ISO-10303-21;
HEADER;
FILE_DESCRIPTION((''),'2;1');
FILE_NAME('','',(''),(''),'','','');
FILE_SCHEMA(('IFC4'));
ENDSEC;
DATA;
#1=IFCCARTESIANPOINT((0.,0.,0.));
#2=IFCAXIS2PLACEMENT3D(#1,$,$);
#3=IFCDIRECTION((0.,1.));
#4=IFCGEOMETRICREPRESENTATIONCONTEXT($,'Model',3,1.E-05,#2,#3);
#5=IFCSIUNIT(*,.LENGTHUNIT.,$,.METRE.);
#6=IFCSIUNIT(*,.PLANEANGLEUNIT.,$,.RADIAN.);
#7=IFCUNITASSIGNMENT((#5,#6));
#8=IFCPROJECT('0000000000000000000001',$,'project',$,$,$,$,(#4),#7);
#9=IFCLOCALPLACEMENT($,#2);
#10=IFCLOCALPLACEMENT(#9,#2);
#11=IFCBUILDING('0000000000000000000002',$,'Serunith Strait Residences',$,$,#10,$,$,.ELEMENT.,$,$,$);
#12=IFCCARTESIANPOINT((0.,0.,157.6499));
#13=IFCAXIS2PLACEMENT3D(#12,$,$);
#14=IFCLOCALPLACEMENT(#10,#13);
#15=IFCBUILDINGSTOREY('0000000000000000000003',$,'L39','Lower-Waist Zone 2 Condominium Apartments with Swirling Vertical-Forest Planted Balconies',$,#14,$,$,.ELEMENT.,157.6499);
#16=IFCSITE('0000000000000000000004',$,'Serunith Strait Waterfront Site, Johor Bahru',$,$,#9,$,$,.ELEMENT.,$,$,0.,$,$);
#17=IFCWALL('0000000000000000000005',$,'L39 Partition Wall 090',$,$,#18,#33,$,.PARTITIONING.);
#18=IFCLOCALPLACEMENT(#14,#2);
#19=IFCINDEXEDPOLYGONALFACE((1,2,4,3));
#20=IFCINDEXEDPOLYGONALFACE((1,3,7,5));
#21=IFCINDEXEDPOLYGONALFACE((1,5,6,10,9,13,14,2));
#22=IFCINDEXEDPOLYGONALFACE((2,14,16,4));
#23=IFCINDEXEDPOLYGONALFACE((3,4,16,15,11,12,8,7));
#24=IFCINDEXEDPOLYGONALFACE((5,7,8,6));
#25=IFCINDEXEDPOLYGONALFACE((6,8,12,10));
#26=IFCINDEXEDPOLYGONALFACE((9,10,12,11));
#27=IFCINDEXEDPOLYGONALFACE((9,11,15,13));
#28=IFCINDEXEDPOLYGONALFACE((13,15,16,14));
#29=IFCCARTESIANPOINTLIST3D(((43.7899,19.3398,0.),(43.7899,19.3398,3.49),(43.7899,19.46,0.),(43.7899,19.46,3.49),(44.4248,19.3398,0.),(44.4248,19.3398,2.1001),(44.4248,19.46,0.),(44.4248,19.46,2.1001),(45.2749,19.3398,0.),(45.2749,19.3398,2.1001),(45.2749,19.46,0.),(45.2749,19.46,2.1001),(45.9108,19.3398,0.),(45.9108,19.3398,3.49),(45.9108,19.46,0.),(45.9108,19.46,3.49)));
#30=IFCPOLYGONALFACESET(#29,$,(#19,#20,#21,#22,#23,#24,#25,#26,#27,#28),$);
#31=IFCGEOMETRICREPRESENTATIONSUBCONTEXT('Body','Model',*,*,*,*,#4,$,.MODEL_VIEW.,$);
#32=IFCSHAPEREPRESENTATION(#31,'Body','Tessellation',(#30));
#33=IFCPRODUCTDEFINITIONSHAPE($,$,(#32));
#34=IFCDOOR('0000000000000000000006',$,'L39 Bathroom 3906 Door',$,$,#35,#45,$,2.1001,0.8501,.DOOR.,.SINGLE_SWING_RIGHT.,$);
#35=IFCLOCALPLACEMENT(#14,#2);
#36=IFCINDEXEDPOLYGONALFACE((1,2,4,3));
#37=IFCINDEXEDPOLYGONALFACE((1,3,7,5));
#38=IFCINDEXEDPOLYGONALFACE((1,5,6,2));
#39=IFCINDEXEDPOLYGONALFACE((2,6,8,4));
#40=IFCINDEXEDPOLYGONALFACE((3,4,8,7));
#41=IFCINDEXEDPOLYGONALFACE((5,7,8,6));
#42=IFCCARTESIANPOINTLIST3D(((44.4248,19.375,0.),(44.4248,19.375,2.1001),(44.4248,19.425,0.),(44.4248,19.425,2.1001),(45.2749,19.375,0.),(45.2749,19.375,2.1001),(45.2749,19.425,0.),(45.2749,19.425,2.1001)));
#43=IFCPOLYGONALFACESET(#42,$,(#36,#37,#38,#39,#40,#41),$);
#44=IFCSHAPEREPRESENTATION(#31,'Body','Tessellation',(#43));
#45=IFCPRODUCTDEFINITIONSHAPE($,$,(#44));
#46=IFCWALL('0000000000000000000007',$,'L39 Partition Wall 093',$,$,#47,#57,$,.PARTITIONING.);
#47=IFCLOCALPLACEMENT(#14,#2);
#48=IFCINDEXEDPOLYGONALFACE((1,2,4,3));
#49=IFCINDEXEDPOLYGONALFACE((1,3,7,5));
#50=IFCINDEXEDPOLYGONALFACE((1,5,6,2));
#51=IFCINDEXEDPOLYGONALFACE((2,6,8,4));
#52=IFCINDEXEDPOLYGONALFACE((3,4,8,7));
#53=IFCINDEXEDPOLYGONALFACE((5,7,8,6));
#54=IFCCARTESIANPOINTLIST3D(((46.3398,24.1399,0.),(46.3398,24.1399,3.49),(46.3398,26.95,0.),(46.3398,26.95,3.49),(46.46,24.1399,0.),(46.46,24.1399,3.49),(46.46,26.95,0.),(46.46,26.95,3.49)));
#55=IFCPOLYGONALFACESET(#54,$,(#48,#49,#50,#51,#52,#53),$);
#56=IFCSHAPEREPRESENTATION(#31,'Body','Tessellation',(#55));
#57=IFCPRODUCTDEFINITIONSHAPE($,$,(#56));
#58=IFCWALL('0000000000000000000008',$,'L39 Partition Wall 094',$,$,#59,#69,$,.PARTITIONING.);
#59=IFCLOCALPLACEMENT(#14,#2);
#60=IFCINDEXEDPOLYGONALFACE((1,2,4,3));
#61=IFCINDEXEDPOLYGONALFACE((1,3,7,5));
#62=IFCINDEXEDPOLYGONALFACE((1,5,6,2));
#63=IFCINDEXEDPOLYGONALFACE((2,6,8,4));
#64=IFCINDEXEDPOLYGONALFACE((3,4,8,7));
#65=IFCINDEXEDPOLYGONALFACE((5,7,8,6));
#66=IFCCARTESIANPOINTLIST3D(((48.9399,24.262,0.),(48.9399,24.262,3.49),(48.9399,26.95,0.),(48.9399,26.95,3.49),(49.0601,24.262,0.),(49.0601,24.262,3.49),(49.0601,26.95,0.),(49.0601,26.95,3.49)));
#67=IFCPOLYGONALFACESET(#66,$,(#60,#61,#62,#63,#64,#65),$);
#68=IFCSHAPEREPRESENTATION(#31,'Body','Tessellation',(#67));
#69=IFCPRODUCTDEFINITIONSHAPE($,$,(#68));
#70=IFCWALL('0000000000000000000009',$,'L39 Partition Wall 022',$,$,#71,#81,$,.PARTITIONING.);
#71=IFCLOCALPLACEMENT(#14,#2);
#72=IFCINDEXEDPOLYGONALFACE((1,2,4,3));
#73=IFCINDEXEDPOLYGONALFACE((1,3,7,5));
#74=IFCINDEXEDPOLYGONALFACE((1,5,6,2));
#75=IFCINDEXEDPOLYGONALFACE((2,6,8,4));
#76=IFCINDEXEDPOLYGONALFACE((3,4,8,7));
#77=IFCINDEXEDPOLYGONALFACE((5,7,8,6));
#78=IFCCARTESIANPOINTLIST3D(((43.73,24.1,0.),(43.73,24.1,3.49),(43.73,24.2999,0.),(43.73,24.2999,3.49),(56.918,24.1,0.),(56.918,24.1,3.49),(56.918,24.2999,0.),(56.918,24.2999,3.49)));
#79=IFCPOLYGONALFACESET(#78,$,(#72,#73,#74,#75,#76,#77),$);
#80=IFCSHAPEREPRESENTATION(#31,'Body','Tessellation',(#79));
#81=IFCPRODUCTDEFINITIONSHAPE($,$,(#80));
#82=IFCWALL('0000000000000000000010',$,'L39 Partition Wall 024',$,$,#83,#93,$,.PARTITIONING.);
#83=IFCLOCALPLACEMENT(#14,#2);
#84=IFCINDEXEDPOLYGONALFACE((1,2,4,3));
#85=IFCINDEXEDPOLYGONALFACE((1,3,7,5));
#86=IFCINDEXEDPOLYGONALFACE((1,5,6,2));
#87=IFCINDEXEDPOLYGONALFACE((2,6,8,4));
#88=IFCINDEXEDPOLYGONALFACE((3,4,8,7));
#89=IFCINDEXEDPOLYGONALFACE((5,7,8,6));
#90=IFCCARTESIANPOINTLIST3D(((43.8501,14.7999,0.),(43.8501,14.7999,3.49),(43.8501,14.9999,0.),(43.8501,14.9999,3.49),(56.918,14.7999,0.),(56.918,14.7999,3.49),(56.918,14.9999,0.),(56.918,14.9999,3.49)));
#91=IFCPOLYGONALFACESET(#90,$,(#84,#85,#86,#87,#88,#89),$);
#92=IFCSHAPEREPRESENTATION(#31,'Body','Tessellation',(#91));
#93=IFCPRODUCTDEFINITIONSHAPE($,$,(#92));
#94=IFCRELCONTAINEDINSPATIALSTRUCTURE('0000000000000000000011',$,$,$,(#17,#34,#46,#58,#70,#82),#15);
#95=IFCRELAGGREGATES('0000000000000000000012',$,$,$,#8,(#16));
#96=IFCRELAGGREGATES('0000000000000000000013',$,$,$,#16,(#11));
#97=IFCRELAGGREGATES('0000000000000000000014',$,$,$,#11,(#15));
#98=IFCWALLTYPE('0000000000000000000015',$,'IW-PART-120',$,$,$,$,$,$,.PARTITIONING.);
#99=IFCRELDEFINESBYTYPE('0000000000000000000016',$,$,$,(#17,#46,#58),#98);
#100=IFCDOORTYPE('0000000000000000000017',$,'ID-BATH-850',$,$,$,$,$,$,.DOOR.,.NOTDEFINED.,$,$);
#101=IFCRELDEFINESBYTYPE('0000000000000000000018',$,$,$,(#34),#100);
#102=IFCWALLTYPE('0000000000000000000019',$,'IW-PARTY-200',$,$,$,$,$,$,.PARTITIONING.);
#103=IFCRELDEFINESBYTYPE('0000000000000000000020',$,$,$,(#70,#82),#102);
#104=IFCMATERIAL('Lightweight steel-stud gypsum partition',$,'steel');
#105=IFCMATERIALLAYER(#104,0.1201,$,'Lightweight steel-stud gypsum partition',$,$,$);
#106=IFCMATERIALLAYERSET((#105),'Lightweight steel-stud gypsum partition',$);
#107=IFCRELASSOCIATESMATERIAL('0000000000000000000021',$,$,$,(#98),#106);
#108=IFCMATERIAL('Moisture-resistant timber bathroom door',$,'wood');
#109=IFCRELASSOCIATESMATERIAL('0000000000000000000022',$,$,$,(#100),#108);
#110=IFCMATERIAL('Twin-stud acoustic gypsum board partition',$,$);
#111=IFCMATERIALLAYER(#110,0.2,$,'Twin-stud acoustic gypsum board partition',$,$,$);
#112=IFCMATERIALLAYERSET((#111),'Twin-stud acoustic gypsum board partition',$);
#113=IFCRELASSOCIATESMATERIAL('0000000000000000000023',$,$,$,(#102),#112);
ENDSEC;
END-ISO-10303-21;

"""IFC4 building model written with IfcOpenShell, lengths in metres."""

from ifc_helpers import new_model, si_unit, direction, frame, frame_2d, origin, place, context, subcontext, project, spatial, rectangle, extrude, source, transform, mapped, material, layer, layer_set, type_object, element, fill, save


model = new_model("IFC4")

# Units and contexts
model_context = context("Model", 3, precision=1e-05, world=origin(), true_north=direction((0.0, 1.0)))
body_context = subcontext(model_context, "Body", "Model", "MODEL_VIEW")
ifc_project = project(units=[si_unit("LENGTHUNIT", "METRE"), si_unit("PLANEANGLEUNIT", "RADIAN")], contexts=[model_context])

# Site, building, storey
site_placement = place(None, origin())
site = spatial("IfcSite", under=ifc_project, at=site_placement, Name="Serunith Strait Waterfront Site, Johor Bahru", CompositionType="ELEMENT", RefElevation=0.0)
building_placement = place(site_placement, origin())
building = spatial("IfcBuilding", under=site, at=building_placement, Name="Serunith Strait Residences", CompositionType="ELEMENT")
storey_placement = place(building_placement, frame((0.0, 0.0, 157.6499)))
storey = spatial("IfcBuildingStorey", under=building, at=storey_placement, Name="L39", Description="Lower-Waist Zone 2 Condominium Apartments with Swirling Vertical-Forest Planted Balconies", CompositionType="ELEMENT", Elevation=157.6499)

# Shared definitions
ifc_material_1 = material(Name="Lightweight steel-stud gypsum partition", Category="steel")
ifc_layer_1 = layer(ifc_material_1, 0.1201, Name="Lightweight steel-stud gypsum partition")
ifc_layer_set_1 = layer_set([ifc_layer_1], Name="Lightweight steel-stud gypsum partition")
wall_type_1 = type_object("IfcWallType", Name="IW-PART-120", PredefinedType="PARTITIONING", material=ifc_layer_set_1)

# Wall, opening, door
shared_shape_1 = source(origin(), body_context, "Body", "SweptSolid", [
    extrude(rectangle(XDim=0.8501, YDim=2.1001, at=frame_2d((0.425, 1.05))), frame((0.0, 0.0249, 0.0), z_axis=(0.0, -1.0, 0.0), x_axis=(1.0, 0.0, 0.0)), (0.0, 0.0, 1.0), 0.05),
])
wall_1_placement = place(storey_placement, frame((45.9109, 19.3999, 0.0), z_axis=(0.0, 0.0, 1.0), x_axis=(-1.0, 0.0, 0.0)))
wall_1 = element("IfcWall", 1, at=wall_1_placement, inside=storey, type_object=wall_type_1, Name="L39 Partition Wall 090", PredefinedType="PARTITIONING", context=body_context, shape_type="SweptSolid", body=[
    extrude(rectangle(XDim=2.1208, YDim=0.1201, at=frame_2d((1.0605, 0.0))), origin(), (0.0, 0.0, 1.0), 3.49),
])
opening_1_placement = place(wall_1_placement, frame((0.636, 0.0, 0.0)))
opening_1 = element("IfcOpeningElement", 2, at=opening_1_placement, cuts=wall_1, PredefinedType="OPENING", context=body_context, shape_type="SweptSolid", body=[
    extrude(rectangle(XDim=0.8501, YDim=2.1001, at=frame_2d((0.425, 1.05))), frame((0.0, 0.0701, 0.0), z_axis=(0.0, -1.0, 0.0), x_axis=(1.0, 0.0, 0.0)), (0.0, 0.0, 1.0), 0.1401),
])
ifc_material_2 = material(Name="Moisture-resistant timber bathroom door", Category="wood")
door_type_1 = type_object("IfcDoorType", Name="ID-BATH-850", OperationType="NOTDEFINED", PredefinedType="DOOR", material=ifc_material_2)
door_1_placement = place(opening_1_placement, origin())
door_1 = element("IfcDoor", 3, at=door_1_placement, inside=storey, type_object=door_type_1, Name="L39 Bathroom 3906 Door", OperationType="SINGLE_SWING_RIGHT", OverallHeight=2.1001, OverallWidth=0.8501, PredefinedType="DOOR", context=body_context, shape_type="MappedRepresentation", body=[
    mapped(shared_shape_1, transform((0.0, 0.0, 0.0), scale=1.0)),
])
fill(opening_1, door_1)

# Walls
wall_2_placement = place(storey_placement, frame((46.3999, 24.1399, 0.0), z_axis=(0.0, 0.0, 1.0), x_axis=(0.0, 1.0, 0.0)))
element("IfcWall", 4, at=wall_2_placement, inside=storey, type_object=wall_type_1, Name="L39 Partition Wall 093", PredefinedType="PARTITIONING", context=body_context, shape_type="SweptSolid", body=[
    extrude(rectangle(XDim=2.8101, YDim=0.1201, at=frame_2d((1.405, 0.0))), origin(), (0.0, 0.0, 1.0), 3.49),
])
wall_3_placement = place(storey_placement, frame((49.0, 24.262, 0.0), z_axis=(0.0, 0.0, 1.0), x_axis=(0.0, 1.0, 0.0)))
element("IfcWall", 5, at=wall_3_placement, inside=storey, type_object=wall_type_1, Name="L39 Partition Wall 094", PredefinedType="PARTITIONING", context=body_context, shape_type="SweptSolid", body=[
    extrude(rectangle(XDim=2.688, YDim=0.1201, at=frame_2d((1.344, 0.0))), origin(), (0.0, 0.0, 1.0), 3.49),
])
ifc_material_3 = material(Name="Twin-stud acoustic gypsum board partition")
ifc_layer_2 = layer(ifc_material_3, 0.2, Name="Twin-stud acoustic gypsum board partition")
ifc_layer_set_2 = layer_set([ifc_layer_2], Name="Twin-stud acoustic gypsum board partition")
wall_type_2 = type_object("IfcWallType", Name="IW-PARTY-200", PredefinedType="PARTITIONING", material=ifc_layer_set_2)
wall_4_placement = place(storey_placement, frame((43.73, 24.2, 0.0), z_axis=(0.0, 0.0, 1.0), x_axis=(1.0, 0.0, 0.0)))
element("IfcWall", 6, at=wall_4_placement, inside=storey, type_object=wall_type_2, Name="L39 Partition Wall 022", PredefinedType="PARTITIONING", context=body_context, shape_type="SweptSolid", body=[
    extrude(rectangle(XDim=13.188, YDim=0.2, at=frame_2d((6.594, 0.0))), origin(), (0.0, 0.0, 1.0), 3.49),
])
wall_5_placement = place(storey_placement, frame((43.8501, 14.8999, 0.0), z_axis=(0.0, 0.0, 1.0), x_axis=(1.0, 0.0, 0.0)))
element("IfcWall", 7, at=wall_5_placement, inside=storey, type_object=wall_type_2, Name="L39 Partition Wall 024", PredefinedType="PARTITIONING", context=body_context, shape_type="SweptSolid", body=[
    extrude(rectangle(XDim=13.0679, YDim=0.2, at=frame_2d((6.5339, 0.0))), origin(), (0.0, 0.0, 1.0), 3.49),
])

save(model, "model.ifc")
